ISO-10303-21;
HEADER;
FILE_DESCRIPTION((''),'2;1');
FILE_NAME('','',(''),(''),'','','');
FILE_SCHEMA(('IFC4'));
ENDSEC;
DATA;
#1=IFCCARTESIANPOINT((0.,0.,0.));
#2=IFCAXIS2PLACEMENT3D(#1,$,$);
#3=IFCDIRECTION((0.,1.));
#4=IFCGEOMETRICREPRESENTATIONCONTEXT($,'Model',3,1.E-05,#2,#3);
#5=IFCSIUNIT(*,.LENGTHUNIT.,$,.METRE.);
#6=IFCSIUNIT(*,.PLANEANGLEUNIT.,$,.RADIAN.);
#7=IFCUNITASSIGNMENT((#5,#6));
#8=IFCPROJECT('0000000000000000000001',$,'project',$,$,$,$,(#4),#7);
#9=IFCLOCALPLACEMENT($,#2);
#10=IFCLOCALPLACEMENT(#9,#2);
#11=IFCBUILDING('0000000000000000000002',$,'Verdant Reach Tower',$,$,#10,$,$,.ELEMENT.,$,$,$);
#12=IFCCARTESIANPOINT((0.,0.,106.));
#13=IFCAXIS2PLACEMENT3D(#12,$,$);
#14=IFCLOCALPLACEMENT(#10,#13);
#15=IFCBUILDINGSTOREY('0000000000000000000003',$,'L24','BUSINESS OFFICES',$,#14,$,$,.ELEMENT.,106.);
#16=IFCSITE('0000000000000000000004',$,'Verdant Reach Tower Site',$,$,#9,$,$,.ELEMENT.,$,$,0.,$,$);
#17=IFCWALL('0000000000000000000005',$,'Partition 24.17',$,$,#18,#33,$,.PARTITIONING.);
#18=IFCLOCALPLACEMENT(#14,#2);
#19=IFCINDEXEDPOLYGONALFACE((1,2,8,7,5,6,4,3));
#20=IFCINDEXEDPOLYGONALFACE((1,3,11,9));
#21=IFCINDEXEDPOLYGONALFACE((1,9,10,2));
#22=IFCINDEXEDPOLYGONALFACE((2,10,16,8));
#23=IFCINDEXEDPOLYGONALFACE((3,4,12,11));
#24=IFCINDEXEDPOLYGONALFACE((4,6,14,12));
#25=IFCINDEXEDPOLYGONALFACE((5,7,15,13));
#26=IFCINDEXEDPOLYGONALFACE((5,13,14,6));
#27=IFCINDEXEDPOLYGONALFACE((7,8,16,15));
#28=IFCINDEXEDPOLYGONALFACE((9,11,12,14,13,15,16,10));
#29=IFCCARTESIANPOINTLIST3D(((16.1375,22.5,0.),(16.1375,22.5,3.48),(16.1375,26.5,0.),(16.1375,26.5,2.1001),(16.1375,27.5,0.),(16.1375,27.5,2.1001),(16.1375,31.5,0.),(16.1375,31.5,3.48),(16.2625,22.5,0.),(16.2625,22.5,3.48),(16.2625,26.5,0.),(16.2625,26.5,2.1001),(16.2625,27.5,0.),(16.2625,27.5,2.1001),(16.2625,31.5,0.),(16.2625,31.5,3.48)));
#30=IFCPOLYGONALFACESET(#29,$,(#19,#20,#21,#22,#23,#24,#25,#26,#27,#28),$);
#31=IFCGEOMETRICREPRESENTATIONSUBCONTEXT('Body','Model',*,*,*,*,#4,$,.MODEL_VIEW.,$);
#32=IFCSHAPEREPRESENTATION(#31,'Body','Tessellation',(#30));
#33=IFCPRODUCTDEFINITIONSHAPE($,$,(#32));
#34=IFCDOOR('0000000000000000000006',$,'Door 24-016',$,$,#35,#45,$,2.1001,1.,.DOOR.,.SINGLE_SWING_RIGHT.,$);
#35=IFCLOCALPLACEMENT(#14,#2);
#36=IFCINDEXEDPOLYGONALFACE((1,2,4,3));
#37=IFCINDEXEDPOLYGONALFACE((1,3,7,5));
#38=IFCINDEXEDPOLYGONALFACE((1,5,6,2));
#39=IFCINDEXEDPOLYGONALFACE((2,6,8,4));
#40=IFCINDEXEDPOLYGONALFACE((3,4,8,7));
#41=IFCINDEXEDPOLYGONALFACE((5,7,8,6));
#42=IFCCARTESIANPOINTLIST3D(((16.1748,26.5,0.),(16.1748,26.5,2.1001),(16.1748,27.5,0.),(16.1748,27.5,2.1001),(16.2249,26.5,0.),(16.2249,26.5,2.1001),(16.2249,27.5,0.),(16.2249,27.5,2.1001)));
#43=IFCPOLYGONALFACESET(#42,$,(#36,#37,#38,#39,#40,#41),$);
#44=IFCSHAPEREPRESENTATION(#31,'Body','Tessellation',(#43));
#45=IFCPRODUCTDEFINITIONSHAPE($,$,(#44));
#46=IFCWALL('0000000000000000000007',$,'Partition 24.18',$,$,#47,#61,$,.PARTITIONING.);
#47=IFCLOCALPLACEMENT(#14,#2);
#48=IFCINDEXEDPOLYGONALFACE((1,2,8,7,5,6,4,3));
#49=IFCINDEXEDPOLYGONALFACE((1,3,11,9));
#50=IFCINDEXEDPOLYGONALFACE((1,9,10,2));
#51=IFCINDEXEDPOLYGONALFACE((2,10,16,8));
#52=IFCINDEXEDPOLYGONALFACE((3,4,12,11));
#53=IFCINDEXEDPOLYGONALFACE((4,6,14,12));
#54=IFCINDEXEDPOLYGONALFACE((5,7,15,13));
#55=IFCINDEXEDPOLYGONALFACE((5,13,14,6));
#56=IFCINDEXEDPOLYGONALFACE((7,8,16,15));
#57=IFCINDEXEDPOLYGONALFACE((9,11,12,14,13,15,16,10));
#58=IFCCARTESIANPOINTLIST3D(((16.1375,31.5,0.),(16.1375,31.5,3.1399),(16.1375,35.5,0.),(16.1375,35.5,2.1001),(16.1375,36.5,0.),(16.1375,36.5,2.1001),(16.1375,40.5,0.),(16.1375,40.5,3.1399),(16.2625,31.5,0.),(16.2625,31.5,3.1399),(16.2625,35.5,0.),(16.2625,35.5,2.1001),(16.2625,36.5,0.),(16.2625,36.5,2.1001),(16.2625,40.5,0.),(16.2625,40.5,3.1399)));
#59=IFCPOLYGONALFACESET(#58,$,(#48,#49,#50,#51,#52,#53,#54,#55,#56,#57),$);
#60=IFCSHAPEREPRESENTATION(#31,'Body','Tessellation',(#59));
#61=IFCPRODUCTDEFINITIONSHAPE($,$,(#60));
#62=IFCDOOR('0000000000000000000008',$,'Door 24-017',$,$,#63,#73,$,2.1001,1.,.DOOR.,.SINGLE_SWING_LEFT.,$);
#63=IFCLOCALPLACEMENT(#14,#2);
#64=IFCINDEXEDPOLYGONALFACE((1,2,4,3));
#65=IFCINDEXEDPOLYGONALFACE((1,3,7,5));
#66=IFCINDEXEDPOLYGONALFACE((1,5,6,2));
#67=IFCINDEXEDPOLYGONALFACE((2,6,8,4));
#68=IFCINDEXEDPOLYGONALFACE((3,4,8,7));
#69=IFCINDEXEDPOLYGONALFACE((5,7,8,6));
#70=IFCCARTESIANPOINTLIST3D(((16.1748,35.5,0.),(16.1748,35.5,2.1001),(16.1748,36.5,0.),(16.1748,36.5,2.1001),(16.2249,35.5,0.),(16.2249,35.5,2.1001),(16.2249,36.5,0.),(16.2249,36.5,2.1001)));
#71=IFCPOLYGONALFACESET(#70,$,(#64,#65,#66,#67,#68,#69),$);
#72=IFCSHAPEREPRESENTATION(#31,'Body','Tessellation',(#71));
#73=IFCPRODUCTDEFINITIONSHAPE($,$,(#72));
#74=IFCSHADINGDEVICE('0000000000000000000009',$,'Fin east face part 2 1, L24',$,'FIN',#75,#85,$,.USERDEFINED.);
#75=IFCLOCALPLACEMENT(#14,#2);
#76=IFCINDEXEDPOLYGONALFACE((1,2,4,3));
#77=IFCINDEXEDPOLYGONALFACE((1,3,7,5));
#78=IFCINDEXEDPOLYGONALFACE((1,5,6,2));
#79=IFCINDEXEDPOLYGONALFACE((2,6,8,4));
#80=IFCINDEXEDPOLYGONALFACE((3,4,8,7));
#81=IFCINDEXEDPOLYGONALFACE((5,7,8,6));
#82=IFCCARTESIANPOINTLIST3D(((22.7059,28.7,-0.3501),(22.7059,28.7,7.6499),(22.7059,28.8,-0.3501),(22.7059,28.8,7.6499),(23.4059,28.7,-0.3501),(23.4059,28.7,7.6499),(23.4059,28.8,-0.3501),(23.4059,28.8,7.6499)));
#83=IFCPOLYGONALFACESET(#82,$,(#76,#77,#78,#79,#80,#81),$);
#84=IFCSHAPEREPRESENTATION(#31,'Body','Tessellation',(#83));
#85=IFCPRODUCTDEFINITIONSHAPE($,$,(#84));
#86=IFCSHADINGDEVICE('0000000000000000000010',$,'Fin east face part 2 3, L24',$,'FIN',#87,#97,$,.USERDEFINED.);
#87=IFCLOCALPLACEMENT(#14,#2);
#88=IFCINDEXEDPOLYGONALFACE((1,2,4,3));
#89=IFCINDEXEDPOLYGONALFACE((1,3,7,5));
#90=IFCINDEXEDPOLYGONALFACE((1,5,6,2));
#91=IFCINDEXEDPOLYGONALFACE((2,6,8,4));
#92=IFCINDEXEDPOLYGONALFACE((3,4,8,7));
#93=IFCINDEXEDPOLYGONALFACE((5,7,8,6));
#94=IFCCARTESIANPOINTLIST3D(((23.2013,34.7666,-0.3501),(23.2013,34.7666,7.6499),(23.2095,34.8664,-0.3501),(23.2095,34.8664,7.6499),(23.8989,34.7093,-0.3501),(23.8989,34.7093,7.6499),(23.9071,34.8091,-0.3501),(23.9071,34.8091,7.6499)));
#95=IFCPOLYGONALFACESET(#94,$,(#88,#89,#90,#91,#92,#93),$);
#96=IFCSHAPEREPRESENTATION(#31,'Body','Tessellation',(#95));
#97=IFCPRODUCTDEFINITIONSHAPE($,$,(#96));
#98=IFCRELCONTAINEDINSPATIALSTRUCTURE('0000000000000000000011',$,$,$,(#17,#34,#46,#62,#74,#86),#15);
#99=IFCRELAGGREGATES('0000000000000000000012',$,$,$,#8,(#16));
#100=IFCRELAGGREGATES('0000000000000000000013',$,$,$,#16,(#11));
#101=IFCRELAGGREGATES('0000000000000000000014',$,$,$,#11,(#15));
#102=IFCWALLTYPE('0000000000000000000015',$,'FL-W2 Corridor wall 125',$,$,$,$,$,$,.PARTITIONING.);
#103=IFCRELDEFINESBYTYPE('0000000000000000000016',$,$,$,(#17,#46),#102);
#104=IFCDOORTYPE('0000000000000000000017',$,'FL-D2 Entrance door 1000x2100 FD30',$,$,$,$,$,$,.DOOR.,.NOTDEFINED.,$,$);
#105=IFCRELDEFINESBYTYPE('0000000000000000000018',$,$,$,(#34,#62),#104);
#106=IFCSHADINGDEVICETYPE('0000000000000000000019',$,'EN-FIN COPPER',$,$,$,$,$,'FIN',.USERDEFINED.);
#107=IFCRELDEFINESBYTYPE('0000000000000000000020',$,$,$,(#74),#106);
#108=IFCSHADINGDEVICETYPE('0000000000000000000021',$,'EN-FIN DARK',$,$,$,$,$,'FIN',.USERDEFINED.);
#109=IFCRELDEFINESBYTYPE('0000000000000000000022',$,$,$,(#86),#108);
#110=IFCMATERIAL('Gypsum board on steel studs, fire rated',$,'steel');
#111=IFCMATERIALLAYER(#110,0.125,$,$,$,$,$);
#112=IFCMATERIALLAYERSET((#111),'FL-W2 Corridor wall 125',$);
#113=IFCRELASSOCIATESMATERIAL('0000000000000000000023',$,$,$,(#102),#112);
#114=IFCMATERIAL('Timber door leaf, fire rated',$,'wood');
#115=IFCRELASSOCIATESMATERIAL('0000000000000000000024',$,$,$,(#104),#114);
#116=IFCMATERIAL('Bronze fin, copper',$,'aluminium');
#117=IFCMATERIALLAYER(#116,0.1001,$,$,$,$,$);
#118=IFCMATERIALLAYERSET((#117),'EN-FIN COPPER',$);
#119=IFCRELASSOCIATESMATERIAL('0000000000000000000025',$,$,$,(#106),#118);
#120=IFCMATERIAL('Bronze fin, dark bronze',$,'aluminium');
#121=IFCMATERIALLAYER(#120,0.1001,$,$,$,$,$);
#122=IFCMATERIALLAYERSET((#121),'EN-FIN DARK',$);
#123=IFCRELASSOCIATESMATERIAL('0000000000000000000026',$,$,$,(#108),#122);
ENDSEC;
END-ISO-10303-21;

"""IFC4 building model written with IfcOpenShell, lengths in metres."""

from ifc_helpers import new_model, si_unit, direction, frame, frame_2d, origin, origin_2d, place, context, subcontext, project, spatial, rectangle, extrude, material, layer, layer_set, type_object, element, fill, save


model = new_model("IFC4")

# Units and contexts
model_context = context("Model", 3, precision=1e-05, world=origin(), true_north=direction((0.0, 1.0)))
body_context = subcontext(model_context, "Body", "Model", "MODEL_VIEW")
ifc_project = project(units=[si_unit("LENGTHUNIT", "METRE"), si_unit("PLANEANGLEUNIT", "RADIAN")], contexts=[model_context])

# Site, building, storey
site_placement = place(None, origin())
site = spatial("IfcSite", under=ifc_project, at=site_placement, Name="Verdant Reach Tower Site", CompositionType="ELEMENT", RefElevation=0.0)
building_placement = place(site_placement, origin())
building = spatial("IfcBuilding", under=site, at=building_placement, Name="Verdant Reach Tower", CompositionType="ELEMENT")
storey_placement = place(building_placement, frame((0.0, 0.0, 106.0)))
storey = spatial("IfcBuildingStorey", under=building, at=storey_placement, Name="L24", Description="BUSINESS OFFICES", CompositionType="ELEMENT", Elevation=106.0)

# Walls, openings, doors
ifc_material_1 = material(Name="Gypsum board on steel studs, fire rated", Category="steel")
ifc_layer_1 = layer(ifc_material_1, 0.125)
ifc_layer_set_1 = layer_set([ifc_layer_1], Name="FL-W2 Corridor wall 125")
wall_type_1 = type_object("IfcWallType", Name="FL-W2 Corridor wall 125", PredefinedType="PARTITIONING", material=ifc_layer_set_1)
wall_1_placement = place(storey_placement, frame((16.2, 31.5, 0.0), z_axis=(0.0, 0.0, 1.0), x_axis=(0.0, -1.0, 0.0)))
wall_1 = element("IfcWall", 1, at=wall_1_placement, inside=storey, type_object=wall_type_1, Name="Partition 24.17", PredefinedType="PARTITIONING", context=body_context, shape_type="SweptSolid", body=[
    extrude(rectangle(XDim=9.0, YDim=0.125, at=frame_2d((4.5, 0.0))), origin(), (0.0, 0.0, 1.0), 3.48),
])
opening_1_placement = place(wall_1_placement, frame((4.0, 0.0, 0.0)))
opening_1 = element("IfcOpeningElement", 2, at=opening_1_placement, cuts=wall_1, PredefinedType="OPENING", context=body_context, shape_type="SweptSolid", body=[
    extrude(rectangle(XDim=1.0, YDim=2.1001, at=frame_2d((0.5, 1.05))), frame((0.0, 0.0725, 0.0), z_axis=(0.0, -1.0, 0.0), x_axis=(1.0, 0.0, 0.0)), (0.0, 0.0, 1.0), 0.145),
])
ifc_material_2 = material(Name="Timber door leaf, fire rated", Category="wood")
door_type = type_object("IfcDoorType", Name="FL-D2 Entrance door 1000x2100 FD30", OperationType="NOTDEFINED", PredefinedType="DOOR", material=ifc_material_2)
door_1_placement = place(opening_1_placement, origin())
door_1 = element("IfcDoor", 3, at=door_1_placement, inside=storey, type_object=door_type, Name="Door 24-016", OperationType="SINGLE_SWING_RIGHT", OverallHeight=2.1001, OverallWidth=1.0, PredefinedType="DOOR", context=body_context, shape_type="SweptSolid", body=[
    extrude(rectangle(XDim=1.0, YDim=2.1001, at=frame_2d((0.5, 1.05))), frame((0.0, 0.0249, 0.0), z_axis=(0.0, -1.0, 0.0), x_axis=(1.0, 0.0, 0.0)), (0.0, 0.0, 1.0), 0.05),
])
fill(opening_1, door_1)
wall_2_placement = place(storey_placement, frame((16.2, 40.5, 0.0), z_axis=(0.0, 0.0, 1.0), x_axis=(0.0, -1.0, 0.0)))
wall_2 = element("IfcWall", 4, at=wall_2_placement, inside=storey, type_object=wall_type_1, Name="Partition 24.18", PredefinedType="PARTITIONING", context=body_context, shape_type="SweptSolid", body=[
    extrude(rectangle(XDim=9.0, YDim=0.125, at=frame_2d((4.5, 0.0))), origin(), (0.0, 0.0, 1.0), 3.1399),
])
opening_2_placement = place(wall_2_placement, frame((4.0, 0.0, 0.0)))
opening_2 = element("IfcOpeningElement", 5, at=opening_2_placement, cuts=wall_2, PredefinedType="OPENING", context=body_context, shape_type="SweptSolid", body=[
    extrude(rectangle(XDim=1.0, YDim=2.1001, at=frame_2d((0.5, 1.05))), frame((0.0, 0.0725, 0.0), z_axis=(0.0, -1.0, 0.0), x_axis=(1.0, 0.0, 0.0)), (0.0, 0.0, 1.0), 0.145),
])
door_2_placement = place(opening_2_placement, origin())
door_2 = element("IfcDoor", 6, at=door_2_placement, inside=storey, type_object=door_type, Name="Door 24-017", OperationType="SINGLE_SWING_LEFT", OverallHeight=2.1001, OverallWidth=1.0, PredefinedType="DOOR", context=body_context, shape_type="SweptSolid", body=[
    extrude(rectangle(XDim=1.0, YDim=2.1001, at=frame_2d((0.5, 1.05))), frame((0.0, 0.0249, 0.0), z_axis=(0.0, -1.0, 0.0), x_axis=(1.0, 0.0, 0.0)), (0.0, 0.0, 1.0), 0.05),
])
fill(opening_2, door_2)

# Shading devices
ifc_material_3 = material(Name="Bronze fin, copper", Category="aluminium")
ifc_layer_2 = layer(ifc_material_3, 0.1001)
ifc_layer_set_2 = layer_set([ifc_layer_2], Name="EN-FIN COPPER")
shading_device_type_1 = type_object("IfcShadingDeviceType", Name="EN-FIN COPPER", ElementType="FIN", PredefinedType="USERDEFINED", material=ifc_layer_set_2)
shading_device_1_placement = place(storey_placement, frame((23.0559, 28.75, -0.3501), z_axis=(0.0, 0.0, 1.0), x_axis=(0.0, 1.0, 0.0)))
element("IfcShadingDevice", 7, at=shading_device_1_placement, inside=storey, type_object=shading_device_type_1, Name="Fin east face part 2 1, L24", ObjectType="FIN", PredefinedType="USERDEFINED", context=body_context, shape_type="SweptSolid", body=[
    extrude(rectangle(XDim=0.1001, YDim=0.7, at=origin_2d()), origin(), (0.0, 0.0, 1.0), 8.0),
])
ifc_material_4 = material(Name="Bronze fin, dark bronze", Category="aluminium")
ifc_layer_3 = layer(ifc_material_4, 0.1001)
ifc_layer_set_3 = layer_set([ifc_layer_3], Name="EN-FIN DARK")
shading_device_type_2 = type_object("IfcShadingDeviceType", Name="EN-FIN DARK", ElementType="FIN", PredefinedType="USERDEFINED", material=ifc_layer_set_3)
shading_device_2_placement = place(storey_placement, frame((23.5542, 34.7878, -0.3501), z_axis=(0.0, 0.0, 1.0), x_axis=(0.081916, 0.996639, 0.0)))
element("IfcShadingDevice", 8, at=shading_device_2_placement, inside=storey, type_object=shading_device_type_2, Name="Fin east face part 2 3, L24", ObjectType="FIN", PredefinedType="USERDEFINED", context=body_context, shape_type="SweptSolid", body=[
    extrude(rectangle(XDim=0.1001, YDim=0.7, at=origin_2d()), origin(), (0.0, 0.0, 1.0), 8.0),
])

save(model, "model.ifc")
